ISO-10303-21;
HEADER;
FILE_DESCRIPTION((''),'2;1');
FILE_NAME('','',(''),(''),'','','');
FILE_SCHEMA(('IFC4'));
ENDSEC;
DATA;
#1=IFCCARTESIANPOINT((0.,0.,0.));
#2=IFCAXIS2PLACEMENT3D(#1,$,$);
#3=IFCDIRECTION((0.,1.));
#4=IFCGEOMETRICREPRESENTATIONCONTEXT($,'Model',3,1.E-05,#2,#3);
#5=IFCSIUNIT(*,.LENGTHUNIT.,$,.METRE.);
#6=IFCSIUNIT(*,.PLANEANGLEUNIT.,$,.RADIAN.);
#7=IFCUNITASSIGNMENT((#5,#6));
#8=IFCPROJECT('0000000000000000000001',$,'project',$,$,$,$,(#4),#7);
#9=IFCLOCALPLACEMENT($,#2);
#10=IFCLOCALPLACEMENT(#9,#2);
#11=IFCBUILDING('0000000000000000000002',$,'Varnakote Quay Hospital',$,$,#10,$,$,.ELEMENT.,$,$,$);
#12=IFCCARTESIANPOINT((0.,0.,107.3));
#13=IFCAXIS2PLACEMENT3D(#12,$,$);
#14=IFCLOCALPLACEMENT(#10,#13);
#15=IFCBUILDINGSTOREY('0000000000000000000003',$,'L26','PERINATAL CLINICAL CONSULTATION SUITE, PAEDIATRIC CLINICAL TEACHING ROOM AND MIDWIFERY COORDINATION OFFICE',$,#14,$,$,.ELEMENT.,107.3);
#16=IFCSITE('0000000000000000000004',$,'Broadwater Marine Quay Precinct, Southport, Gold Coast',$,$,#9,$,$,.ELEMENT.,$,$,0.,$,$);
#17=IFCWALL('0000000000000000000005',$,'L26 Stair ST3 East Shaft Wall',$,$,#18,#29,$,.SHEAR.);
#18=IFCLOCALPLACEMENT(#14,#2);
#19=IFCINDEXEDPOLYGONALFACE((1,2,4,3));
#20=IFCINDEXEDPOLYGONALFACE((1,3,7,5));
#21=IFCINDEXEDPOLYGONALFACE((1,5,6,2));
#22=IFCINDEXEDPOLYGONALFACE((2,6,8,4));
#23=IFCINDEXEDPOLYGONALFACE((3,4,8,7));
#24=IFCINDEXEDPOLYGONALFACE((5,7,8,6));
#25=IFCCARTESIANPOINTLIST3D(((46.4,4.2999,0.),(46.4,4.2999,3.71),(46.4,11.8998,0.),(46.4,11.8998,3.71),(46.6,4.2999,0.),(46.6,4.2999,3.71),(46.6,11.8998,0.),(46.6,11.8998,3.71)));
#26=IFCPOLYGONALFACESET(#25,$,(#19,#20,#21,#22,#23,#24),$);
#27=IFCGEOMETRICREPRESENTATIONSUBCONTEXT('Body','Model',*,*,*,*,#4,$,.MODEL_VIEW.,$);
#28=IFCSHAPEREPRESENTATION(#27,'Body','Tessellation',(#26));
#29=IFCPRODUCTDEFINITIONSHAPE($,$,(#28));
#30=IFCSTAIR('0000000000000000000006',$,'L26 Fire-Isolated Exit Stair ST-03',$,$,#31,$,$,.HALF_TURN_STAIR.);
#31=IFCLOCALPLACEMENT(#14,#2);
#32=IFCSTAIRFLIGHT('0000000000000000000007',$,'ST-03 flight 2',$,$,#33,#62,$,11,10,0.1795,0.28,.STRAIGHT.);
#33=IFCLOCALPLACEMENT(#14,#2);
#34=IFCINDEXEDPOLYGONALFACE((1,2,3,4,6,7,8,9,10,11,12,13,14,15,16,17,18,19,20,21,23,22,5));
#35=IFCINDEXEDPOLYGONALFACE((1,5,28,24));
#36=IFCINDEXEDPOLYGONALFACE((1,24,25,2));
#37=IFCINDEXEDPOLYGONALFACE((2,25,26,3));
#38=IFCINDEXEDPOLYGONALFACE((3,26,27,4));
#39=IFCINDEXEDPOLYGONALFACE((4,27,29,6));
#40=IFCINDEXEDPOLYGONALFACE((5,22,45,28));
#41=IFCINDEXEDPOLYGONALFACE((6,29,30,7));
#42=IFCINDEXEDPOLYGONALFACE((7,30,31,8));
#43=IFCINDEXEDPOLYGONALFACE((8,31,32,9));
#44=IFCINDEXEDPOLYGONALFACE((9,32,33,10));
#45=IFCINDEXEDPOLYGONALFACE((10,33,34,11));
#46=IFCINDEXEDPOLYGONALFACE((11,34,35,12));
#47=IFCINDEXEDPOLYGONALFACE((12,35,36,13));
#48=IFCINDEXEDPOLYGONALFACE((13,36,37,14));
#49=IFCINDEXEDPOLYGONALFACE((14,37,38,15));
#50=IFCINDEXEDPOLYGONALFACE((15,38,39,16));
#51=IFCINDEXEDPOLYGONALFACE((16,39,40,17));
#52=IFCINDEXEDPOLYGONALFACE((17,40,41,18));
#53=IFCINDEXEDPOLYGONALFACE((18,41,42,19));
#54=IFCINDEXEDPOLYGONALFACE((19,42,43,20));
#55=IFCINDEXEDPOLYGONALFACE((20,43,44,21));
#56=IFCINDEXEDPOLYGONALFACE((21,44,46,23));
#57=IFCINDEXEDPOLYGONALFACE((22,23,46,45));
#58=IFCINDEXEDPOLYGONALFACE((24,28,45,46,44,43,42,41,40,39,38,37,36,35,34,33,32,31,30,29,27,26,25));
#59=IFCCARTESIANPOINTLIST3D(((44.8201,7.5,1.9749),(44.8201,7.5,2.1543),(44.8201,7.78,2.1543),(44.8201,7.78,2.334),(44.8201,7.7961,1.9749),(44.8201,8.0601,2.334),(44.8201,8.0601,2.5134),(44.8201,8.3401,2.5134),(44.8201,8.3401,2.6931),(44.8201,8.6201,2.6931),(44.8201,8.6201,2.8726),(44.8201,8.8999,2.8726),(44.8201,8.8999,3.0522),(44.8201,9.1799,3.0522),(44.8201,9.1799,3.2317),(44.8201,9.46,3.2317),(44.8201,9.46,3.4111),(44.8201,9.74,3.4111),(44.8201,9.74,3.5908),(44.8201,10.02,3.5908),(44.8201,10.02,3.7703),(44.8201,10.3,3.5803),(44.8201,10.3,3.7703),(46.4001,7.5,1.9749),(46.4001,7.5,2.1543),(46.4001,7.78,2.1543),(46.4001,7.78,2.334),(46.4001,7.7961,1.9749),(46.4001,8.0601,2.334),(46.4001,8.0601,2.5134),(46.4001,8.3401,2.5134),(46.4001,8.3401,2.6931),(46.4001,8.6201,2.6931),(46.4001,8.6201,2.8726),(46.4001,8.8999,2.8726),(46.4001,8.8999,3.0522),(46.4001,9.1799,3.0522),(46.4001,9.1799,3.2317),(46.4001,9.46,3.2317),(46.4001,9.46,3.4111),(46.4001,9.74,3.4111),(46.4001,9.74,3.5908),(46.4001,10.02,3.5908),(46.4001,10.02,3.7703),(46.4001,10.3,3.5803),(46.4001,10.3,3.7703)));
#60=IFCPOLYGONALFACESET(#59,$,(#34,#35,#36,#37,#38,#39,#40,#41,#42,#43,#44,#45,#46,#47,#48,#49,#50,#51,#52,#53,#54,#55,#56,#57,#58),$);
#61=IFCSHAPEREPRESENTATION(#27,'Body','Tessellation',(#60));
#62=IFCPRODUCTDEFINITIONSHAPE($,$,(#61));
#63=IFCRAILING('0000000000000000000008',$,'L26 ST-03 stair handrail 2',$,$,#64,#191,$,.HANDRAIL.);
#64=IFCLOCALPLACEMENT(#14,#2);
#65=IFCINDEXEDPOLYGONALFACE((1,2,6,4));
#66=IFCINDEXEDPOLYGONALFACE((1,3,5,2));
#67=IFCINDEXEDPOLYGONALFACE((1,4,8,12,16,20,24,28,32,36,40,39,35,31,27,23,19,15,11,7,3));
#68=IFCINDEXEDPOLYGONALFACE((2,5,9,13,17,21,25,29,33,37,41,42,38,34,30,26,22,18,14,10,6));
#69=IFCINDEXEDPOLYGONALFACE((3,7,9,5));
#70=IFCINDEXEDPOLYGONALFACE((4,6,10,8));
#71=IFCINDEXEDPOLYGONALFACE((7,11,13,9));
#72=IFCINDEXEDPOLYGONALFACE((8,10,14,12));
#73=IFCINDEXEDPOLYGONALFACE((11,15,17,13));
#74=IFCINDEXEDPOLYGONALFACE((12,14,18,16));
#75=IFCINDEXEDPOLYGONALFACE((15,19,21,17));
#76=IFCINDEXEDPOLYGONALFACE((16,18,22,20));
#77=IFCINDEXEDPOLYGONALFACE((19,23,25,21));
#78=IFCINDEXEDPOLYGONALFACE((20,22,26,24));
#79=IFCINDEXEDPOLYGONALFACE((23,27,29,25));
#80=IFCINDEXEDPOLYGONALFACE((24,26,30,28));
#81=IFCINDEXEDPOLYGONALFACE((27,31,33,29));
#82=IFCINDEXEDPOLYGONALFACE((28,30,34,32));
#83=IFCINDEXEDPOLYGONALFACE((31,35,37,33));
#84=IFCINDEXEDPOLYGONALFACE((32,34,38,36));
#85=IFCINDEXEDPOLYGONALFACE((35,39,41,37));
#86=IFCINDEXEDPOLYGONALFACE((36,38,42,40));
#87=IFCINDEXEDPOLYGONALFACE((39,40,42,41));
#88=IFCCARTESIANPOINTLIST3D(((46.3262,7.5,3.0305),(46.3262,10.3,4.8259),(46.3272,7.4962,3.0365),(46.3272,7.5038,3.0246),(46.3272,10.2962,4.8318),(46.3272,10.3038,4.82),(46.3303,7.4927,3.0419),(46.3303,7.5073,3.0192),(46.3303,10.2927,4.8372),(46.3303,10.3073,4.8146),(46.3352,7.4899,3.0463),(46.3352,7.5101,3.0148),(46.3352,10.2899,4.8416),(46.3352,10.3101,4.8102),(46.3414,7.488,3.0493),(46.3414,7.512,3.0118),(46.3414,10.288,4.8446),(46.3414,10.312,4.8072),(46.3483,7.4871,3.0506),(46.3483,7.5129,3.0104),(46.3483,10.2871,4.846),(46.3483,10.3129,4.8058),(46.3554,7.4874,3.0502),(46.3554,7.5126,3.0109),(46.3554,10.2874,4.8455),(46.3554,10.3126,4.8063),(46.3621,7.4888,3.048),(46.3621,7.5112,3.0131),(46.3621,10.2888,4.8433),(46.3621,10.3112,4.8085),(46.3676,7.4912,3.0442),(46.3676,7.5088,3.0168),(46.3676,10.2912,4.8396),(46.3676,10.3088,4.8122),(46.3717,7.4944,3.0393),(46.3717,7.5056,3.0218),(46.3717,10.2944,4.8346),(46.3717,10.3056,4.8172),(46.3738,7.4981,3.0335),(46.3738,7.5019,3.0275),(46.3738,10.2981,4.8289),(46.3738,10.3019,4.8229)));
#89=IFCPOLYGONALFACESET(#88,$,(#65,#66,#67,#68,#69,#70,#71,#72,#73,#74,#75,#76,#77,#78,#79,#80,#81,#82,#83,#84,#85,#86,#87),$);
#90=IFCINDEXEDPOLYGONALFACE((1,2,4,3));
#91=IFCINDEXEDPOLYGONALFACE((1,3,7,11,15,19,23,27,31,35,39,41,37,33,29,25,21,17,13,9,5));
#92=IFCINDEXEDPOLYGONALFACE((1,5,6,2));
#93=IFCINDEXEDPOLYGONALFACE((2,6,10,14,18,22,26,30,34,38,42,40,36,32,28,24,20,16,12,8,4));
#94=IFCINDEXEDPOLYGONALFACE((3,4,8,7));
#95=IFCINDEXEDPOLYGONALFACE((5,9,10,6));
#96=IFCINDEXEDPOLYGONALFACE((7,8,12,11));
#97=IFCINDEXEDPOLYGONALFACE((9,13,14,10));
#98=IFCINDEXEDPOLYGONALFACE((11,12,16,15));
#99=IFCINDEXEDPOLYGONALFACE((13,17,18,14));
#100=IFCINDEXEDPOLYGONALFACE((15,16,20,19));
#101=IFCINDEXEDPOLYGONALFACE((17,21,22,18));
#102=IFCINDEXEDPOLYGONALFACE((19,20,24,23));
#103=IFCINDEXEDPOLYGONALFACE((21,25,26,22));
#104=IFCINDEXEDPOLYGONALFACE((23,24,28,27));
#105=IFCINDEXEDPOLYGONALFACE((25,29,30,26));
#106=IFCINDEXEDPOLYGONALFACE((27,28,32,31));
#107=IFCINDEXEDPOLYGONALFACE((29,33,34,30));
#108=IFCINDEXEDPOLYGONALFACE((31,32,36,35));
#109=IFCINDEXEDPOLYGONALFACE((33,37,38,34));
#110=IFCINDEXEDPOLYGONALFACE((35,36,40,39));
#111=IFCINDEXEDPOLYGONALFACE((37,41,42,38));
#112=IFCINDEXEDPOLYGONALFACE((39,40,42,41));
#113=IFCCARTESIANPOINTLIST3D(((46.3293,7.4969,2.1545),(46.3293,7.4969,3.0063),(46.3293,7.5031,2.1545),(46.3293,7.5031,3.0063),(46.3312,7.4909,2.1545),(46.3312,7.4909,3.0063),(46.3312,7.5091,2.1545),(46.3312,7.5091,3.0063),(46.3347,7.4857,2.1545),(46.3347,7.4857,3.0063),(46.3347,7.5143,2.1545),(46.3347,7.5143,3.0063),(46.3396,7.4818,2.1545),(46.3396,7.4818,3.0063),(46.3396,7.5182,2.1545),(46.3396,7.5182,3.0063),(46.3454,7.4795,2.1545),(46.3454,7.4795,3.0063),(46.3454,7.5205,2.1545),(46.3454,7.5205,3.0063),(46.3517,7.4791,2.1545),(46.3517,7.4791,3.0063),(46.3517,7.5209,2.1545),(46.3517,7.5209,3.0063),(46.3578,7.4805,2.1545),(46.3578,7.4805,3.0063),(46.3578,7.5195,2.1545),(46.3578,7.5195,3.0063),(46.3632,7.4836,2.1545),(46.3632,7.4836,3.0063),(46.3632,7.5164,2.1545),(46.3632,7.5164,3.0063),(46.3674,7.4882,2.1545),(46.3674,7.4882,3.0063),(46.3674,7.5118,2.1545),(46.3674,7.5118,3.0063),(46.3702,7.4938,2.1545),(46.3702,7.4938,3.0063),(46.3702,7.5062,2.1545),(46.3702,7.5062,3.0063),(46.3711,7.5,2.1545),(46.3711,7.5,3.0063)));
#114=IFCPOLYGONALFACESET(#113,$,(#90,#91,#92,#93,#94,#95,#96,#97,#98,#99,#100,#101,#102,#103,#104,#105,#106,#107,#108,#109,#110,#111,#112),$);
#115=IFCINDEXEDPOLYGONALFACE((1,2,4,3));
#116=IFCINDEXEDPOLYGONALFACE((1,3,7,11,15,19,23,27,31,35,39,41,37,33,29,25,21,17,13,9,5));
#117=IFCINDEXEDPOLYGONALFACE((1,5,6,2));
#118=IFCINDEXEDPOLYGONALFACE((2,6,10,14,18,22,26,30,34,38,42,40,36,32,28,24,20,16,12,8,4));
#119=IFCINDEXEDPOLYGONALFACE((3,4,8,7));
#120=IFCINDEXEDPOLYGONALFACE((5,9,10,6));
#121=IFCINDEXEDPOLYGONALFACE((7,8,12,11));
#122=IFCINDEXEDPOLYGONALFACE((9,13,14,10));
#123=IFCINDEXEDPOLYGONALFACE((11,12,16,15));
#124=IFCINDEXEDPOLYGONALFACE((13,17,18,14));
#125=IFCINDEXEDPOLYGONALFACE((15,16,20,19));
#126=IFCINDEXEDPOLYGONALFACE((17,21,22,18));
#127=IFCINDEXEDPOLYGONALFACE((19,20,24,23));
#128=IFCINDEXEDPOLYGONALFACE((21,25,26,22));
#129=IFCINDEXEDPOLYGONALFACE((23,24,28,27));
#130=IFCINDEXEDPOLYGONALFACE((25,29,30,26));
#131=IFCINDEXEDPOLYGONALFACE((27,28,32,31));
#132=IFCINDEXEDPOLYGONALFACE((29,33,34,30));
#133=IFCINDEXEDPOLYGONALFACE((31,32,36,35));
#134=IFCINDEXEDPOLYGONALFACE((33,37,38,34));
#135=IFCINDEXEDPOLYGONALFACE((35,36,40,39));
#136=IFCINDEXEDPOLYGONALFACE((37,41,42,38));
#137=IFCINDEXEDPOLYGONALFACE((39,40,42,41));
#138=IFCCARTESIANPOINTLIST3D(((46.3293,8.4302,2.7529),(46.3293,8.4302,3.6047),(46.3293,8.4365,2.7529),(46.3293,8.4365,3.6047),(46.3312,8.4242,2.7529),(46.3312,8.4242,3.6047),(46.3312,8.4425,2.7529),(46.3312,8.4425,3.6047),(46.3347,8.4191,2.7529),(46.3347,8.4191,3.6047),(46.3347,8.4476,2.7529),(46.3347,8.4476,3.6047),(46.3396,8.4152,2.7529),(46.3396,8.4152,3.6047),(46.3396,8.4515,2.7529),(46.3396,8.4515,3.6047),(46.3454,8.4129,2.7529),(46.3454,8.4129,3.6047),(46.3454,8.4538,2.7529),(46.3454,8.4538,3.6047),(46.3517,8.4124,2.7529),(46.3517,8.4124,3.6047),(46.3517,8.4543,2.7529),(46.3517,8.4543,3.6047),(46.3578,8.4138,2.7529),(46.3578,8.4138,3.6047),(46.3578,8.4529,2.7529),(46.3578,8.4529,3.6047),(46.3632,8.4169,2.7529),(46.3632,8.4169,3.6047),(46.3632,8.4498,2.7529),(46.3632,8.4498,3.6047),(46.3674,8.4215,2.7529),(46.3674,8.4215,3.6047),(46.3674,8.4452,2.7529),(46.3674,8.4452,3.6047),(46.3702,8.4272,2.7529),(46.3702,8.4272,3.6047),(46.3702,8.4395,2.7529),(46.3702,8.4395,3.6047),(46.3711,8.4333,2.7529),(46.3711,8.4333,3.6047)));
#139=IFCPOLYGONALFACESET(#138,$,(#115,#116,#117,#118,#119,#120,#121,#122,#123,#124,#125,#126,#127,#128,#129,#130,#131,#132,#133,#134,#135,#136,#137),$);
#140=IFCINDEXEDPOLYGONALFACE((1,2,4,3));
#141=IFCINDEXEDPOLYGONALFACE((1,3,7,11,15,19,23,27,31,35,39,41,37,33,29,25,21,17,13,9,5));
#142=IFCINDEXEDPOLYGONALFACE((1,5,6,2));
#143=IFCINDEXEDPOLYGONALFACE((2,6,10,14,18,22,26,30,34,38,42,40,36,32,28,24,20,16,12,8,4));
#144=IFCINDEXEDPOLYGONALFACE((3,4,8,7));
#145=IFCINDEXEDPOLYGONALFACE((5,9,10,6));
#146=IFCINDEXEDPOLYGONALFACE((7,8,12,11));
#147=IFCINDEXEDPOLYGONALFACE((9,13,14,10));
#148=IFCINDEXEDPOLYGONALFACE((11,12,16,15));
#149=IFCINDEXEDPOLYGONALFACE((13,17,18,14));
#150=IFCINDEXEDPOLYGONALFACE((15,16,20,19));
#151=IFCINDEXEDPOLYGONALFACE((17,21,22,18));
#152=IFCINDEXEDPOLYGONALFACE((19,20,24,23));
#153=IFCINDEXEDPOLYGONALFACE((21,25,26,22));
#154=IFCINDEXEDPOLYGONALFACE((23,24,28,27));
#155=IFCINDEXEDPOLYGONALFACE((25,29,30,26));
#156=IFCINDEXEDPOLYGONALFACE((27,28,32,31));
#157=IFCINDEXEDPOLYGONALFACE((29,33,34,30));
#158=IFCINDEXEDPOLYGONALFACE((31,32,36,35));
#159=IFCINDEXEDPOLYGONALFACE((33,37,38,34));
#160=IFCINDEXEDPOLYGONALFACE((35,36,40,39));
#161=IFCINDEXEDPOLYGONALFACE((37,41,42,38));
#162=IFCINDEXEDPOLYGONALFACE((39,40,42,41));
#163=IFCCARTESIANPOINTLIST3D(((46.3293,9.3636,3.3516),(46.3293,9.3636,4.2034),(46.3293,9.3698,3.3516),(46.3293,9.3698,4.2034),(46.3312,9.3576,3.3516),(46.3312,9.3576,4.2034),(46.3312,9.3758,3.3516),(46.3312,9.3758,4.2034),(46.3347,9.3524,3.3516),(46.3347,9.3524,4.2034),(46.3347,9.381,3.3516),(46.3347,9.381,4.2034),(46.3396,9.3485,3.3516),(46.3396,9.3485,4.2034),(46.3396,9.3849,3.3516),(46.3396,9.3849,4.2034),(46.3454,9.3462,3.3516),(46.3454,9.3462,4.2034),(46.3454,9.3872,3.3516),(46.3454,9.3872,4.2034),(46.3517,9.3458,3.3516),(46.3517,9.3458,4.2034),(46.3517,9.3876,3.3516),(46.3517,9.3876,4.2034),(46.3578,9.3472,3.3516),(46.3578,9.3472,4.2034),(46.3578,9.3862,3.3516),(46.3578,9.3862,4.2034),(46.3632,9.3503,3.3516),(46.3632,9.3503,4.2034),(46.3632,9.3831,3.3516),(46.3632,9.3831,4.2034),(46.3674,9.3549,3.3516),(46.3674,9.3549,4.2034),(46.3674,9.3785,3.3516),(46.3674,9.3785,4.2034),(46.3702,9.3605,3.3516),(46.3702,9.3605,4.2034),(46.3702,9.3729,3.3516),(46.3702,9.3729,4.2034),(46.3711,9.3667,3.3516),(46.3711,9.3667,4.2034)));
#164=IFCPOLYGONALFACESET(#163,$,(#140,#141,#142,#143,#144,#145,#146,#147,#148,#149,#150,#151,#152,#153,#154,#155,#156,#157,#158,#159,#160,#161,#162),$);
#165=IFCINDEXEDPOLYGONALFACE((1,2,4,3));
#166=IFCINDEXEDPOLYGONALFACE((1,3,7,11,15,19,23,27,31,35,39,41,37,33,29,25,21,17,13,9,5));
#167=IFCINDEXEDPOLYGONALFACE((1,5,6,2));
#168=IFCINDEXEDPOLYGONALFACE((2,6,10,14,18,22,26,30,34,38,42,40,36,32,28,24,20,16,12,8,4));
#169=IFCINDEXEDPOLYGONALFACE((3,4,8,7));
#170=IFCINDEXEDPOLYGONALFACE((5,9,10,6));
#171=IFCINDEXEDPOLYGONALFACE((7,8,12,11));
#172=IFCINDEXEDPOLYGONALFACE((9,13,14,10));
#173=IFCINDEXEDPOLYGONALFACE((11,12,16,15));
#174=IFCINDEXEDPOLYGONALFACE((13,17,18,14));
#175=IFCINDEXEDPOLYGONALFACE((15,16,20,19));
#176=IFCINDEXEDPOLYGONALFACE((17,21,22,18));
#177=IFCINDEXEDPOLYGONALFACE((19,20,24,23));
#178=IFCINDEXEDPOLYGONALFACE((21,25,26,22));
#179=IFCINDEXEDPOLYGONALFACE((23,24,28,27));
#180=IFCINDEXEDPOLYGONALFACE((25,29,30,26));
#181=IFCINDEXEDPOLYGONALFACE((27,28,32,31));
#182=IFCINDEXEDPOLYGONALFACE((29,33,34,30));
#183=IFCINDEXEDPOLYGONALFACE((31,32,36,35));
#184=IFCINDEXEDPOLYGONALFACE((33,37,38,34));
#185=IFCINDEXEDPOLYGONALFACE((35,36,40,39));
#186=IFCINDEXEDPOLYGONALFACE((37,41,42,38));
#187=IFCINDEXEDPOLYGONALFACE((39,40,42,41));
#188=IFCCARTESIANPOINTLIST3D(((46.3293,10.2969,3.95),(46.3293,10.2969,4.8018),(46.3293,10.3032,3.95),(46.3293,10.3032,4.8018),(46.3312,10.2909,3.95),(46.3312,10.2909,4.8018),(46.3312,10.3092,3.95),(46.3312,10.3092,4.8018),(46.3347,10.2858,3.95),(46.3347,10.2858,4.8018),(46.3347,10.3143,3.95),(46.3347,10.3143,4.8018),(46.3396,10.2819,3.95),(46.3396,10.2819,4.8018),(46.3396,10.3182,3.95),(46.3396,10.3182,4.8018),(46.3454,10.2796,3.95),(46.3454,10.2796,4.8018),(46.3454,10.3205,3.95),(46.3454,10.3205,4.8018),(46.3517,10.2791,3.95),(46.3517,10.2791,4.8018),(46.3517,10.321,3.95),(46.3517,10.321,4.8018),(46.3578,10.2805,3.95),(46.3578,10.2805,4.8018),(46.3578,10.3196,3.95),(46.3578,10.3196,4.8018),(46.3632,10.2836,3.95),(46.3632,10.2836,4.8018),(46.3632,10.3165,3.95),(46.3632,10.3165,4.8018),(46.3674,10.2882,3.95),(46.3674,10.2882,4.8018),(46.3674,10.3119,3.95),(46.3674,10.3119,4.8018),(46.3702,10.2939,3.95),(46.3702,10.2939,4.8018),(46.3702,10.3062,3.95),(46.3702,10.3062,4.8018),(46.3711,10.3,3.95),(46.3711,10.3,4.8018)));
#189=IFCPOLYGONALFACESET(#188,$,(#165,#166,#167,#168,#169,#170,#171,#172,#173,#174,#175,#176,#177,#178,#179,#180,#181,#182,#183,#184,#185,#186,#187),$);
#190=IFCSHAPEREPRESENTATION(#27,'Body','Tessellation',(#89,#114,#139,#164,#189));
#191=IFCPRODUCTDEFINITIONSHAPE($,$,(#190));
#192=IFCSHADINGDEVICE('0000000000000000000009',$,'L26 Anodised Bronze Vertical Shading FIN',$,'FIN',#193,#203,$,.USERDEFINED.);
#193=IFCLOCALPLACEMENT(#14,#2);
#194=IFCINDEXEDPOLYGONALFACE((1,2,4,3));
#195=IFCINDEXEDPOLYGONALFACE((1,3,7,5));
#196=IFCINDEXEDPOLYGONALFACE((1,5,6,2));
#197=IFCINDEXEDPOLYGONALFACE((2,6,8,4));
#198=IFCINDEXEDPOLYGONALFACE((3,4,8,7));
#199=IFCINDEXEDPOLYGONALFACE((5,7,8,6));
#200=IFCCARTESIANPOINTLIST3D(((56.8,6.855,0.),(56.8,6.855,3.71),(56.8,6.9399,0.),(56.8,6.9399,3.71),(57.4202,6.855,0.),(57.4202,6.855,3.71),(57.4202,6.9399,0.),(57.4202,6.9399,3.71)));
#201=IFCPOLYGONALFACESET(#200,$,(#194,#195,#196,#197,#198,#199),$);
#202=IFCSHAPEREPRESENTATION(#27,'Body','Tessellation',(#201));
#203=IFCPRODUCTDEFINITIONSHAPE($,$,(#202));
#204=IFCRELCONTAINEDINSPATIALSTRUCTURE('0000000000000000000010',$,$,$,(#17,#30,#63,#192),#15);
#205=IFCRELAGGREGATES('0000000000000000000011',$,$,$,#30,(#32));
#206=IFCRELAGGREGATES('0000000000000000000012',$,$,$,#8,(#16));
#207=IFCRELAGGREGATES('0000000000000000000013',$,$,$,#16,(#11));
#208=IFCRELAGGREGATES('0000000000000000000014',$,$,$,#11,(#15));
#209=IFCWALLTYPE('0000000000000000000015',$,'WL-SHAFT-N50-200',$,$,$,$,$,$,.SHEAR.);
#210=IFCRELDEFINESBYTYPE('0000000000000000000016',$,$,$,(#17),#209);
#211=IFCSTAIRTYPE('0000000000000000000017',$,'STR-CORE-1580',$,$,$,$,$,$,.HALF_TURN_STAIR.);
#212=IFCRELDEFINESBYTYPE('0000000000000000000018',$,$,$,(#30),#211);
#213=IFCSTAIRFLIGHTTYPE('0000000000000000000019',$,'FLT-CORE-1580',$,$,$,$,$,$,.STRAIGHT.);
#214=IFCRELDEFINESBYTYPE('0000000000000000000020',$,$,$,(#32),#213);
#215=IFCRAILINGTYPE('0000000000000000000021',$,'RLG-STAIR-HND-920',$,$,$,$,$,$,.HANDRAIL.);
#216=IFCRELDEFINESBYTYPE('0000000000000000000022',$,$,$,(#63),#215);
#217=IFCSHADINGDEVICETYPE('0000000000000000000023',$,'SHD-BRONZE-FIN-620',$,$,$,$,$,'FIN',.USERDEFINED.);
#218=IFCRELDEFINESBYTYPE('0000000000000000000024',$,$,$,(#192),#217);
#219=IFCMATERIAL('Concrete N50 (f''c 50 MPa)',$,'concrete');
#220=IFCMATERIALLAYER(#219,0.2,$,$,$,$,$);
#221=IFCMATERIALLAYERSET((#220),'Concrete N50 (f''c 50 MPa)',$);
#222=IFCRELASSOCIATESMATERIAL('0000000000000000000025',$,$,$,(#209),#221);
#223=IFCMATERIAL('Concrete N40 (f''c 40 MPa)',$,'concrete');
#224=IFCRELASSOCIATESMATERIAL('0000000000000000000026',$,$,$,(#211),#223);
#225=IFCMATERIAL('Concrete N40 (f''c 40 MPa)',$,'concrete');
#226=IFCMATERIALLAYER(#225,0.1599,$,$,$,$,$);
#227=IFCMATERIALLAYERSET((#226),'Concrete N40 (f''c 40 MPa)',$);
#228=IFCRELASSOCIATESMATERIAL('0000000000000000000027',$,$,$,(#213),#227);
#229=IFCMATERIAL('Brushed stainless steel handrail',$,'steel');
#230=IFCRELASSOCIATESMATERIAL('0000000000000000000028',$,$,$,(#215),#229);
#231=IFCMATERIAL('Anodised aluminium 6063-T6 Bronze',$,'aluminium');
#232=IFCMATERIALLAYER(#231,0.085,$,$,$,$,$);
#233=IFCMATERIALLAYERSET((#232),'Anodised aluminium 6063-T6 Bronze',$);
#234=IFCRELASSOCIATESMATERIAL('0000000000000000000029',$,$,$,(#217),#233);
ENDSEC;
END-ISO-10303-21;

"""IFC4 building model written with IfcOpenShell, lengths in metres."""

from ifc_helpers import new_model, si_unit, direction, frame, frame_2d, origin, origin_2d, place, context, subcontext, project, spatial, polyline, rectangle, circle, outline, extrude, material, layer, layer_set, type_object, element, aggregate, save


model = new_model("IFC4")

# Units and contexts
model_context = context("Model", 3, precision=1e-05, world=origin(), true_north=direction((0.0, 1.0)))
body_context = subcontext(model_context, "Body", "Model", "MODEL_VIEW")
ifc_project = project(units=[si_unit("LENGTHUNIT", "METRE"), si_unit("PLANEANGLEUNIT", "RADIAN")], contexts=[model_context])

# Site, building, storey
site_placement = place(None, origin())
site = spatial("IfcSite", under=ifc_project, at=site_placement, Name="Broadwater Marine Quay Precinct, Southport, Gold Coast", CompositionType="ELEMENT", RefElevation=0.0)
building_placement = place(site_placement, origin())
building = spatial("IfcBuilding", under=site, at=building_placement, Name="Varnakote Quay Hospital", CompositionType="ELEMENT")
storey_placement = place(building_placement, frame((0.0, 0.0, 107.3)))
storey = spatial("IfcBuildingStorey", under=building, at=storey_placement, Name="L26", Description="PERINATAL CLINICAL CONSULTATION SUITE, PAEDIATRIC CLINICAL TEACHING ROOM AND MIDWIFERY COORDINATION OFFICE", CompositionType="ELEMENT", Elevation=107.3)

# Wall
ifc_material_1 = material(Name="Concrete N50 (f'c 50 MPa)", Category="concrete")
ifc_layer_1 = layer(ifc_material_1, 0.2)
ifc_layer_set_1 = layer_set([ifc_layer_1], Name="Concrete N50 (f'c 50 MPa)")
wall_type_1 = type_object("IfcWallType", Name="WL-SHAFT-N50-200", PredefinedType="SHEAR", material=ifc_layer_set_1)
wall_1_placement = place(storey_placement, frame((46.5, 4.3, 0.0), z_axis=(0.0, 0.0, 1.0), x_axis=(0.0, 1.0, 0.0)))
element("IfcWall", 1, at=wall_1_placement, inside=storey, type_object=wall_type_1, Name="L26 Stair ST3 East Shaft Wall", PredefinedType="SHEAR", context=body_context, shape_type="SweptSolid", body=[
    extrude(rectangle(XDim=7.5999, YDim=0.2, at=frame_2d((3.7998, 0.0))), origin(), (0.0, 0.0, 1.0), 3.71),
])

# Stair, stair flight
ifc_material_2 = material(Name="Concrete N40 (f'c 40 MPa)", Category="concrete")
stair_type = type_object("IfcStairType", Name="STR-CORE-1580", PredefinedType="HALF_TURN_STAIR", material=ifc_material_2)
stair_placement = place(storey_placement, origin())
stair = element("IfcStair", 2, at=stair_placement, inside=storey, type_object=stair_type, Name="L26 Fire-Isolated Exit Stair ST-03", PredefinedType="HALF_TURN_STAIR")
ifc_material_3 = material(Name="Concrete N40 (f'c 40 MPa)", Category="concrete")
ifc_layer_2 = layer(ifc_material_3, 0.1599)
ifc_layer_set_2 = layer_set([ifc_layer_2], Name="Concrete N40 (f'c 40 MPa)")
stair_flight_type = type_object("IfcStairFlightType", Name="FLT-CORE-1580", PredefinedType="STRAIGHT", material=ifc_layer_set_2)
stair_flight_placement = place(storey_placement, frame((45.6101, 7.5, 1.9749), z_axis=(0.0, 0.0, 1.0), x_axis=(0.0, 1.0, 0.0)))
stair_flight = element("IfcStairFlight", 3, at=stair_flight_placement, type_object=stair_flight_type, Name="ST-03 flight 2", NumberOfRisers=11, NumberOfTreads=10, PredefinedType="STRAIGHT", RiserHeight=0.1795, TreadLength=0.28, context=body_context, shape_type="SweptSolid", body=[
    extrude(outline(polyline([(0.0, 0.0), (0.0, 0.1794), (0.28, 0.1794), (0.28, 0.3591), (0.5601, 0.3591), (0.5601, 0.5386), (0.8401, 0.5386), (0.8401, 0.7183), (1.1201, 0.7183), (1.1201, 0.8977), (1.3999, 0.8977), (1.3999, 1.0774), (1.6799, 1.0774), (1.6799, 1.2568), (1.96, 1.2568), (1.96, 1.4363), (2.24, 1.4363), (2.24, 1.616), (2.52, 1.616), (2.52, 1.7954), (2.8, 1.7954), (2.8, 1.9751), (2.8, 1.6055), (0.2961, 0.0), (0.0, 0.0)])), frame((0.0, 0.79, 0.0), z_axis=(0.0, -1.0, 0.0), x_axis=(1.0, 0.0, 0.0)), (0.0, 0.0, 1.0), 1.5801),
])
aggregate(stair, [stair_flight])

# Railing
ifc_material_4 = material(Name="Brushed stainless steel handrail", Category="steel")
railing_type = type_object("IfcRailingType", Name="RLG-STAIR-HND-920", PredefinedType="HANDRAIL", material=ifc_material_4)
railing_placement = place(storey_placement, frame((46.3501, 7.5, 2.1545)))
element("IfcRailing", 4, at=railing_placement, inside=storey, type_object=railing_type, Name="L26 ST-03 stair handrail 2", PredefinedType="HANDRAIL", context=body_context, shape_type="SweptSolid", body=[
    extrude(circle(Radius=0.0239, at=origin_2d()), frame((0.0, 0.0, 0.876), z_axis=(0.0, 0.84181, 0.539774), x_axis=(-1.0, 0.0, 0.0)), (0.0, 0.0, 1.0), 3.3262),
    extrude(circle(Radius=0.021, at=origin_2d()), origin(), (0.0, 0.0, 1.0), 0.8518),
    extrude(circle(Radius=0.021, at=origin_2d()), frame((0.0, 0.9333, 0.5984)), (0.0, 0.0, 1.0), 0.8518),
    extrude(circle(Radius=0.021, at=origin_2d()), frame((0.0, 1.8667, 1.197)), (0.0, 0.0, 1.0), 0.8518),
    extrude(circle(Radius=0.021, at=origin_2d()), frame((0.0, 2.8, 1.7954)), (0.0, 0.0, 1.0), 0.8518),
])

# Shading device
ifc_material_5 = material(Name="Anodised aluminium 6063-T6 Bronze", Category="aluminium")
ifc_layer_3 = layer(ifc_material_5, 0.085)
ifc_layer_set_3 = layer_set([ifc_layer_3], Name="Anodised aluminium 6063-T6 Bronze")
shading_device_type = type_object("IfcShadingDeviceType", Name="SHD-BRONZE-FIN-620", ElementType="FIN", PredefinedType="USERDEFINED", material=ifc_layer_set_3)
for number, where, z_axis, x_axis, name in (
    (5, (57.1101, 6.8975, 0.0), (0.0, 0.0, 1.0), (-1.0, 0.0, 0.0), "L26 Anodised Bronze Vertical Shading FIN"),
):
    element("IfcShadingDevice", number, at=place(storey_placement, frame(where, z_axis=z_axis, x_axis=x_axis)), inside=storey, type_object=shading_device_type, Name=name, ObjectType="FIN", PredefinedType="USERDEFINED", context=body_context, shape_type="SweptSolid", body=[
        extrude(rectangle(XDim=0.6201, YDim=0.085, at=origin_2d()), origin(), (0.0, 0.0, 1.0), 3.71),
    ])

save(model, "model.ifc")
